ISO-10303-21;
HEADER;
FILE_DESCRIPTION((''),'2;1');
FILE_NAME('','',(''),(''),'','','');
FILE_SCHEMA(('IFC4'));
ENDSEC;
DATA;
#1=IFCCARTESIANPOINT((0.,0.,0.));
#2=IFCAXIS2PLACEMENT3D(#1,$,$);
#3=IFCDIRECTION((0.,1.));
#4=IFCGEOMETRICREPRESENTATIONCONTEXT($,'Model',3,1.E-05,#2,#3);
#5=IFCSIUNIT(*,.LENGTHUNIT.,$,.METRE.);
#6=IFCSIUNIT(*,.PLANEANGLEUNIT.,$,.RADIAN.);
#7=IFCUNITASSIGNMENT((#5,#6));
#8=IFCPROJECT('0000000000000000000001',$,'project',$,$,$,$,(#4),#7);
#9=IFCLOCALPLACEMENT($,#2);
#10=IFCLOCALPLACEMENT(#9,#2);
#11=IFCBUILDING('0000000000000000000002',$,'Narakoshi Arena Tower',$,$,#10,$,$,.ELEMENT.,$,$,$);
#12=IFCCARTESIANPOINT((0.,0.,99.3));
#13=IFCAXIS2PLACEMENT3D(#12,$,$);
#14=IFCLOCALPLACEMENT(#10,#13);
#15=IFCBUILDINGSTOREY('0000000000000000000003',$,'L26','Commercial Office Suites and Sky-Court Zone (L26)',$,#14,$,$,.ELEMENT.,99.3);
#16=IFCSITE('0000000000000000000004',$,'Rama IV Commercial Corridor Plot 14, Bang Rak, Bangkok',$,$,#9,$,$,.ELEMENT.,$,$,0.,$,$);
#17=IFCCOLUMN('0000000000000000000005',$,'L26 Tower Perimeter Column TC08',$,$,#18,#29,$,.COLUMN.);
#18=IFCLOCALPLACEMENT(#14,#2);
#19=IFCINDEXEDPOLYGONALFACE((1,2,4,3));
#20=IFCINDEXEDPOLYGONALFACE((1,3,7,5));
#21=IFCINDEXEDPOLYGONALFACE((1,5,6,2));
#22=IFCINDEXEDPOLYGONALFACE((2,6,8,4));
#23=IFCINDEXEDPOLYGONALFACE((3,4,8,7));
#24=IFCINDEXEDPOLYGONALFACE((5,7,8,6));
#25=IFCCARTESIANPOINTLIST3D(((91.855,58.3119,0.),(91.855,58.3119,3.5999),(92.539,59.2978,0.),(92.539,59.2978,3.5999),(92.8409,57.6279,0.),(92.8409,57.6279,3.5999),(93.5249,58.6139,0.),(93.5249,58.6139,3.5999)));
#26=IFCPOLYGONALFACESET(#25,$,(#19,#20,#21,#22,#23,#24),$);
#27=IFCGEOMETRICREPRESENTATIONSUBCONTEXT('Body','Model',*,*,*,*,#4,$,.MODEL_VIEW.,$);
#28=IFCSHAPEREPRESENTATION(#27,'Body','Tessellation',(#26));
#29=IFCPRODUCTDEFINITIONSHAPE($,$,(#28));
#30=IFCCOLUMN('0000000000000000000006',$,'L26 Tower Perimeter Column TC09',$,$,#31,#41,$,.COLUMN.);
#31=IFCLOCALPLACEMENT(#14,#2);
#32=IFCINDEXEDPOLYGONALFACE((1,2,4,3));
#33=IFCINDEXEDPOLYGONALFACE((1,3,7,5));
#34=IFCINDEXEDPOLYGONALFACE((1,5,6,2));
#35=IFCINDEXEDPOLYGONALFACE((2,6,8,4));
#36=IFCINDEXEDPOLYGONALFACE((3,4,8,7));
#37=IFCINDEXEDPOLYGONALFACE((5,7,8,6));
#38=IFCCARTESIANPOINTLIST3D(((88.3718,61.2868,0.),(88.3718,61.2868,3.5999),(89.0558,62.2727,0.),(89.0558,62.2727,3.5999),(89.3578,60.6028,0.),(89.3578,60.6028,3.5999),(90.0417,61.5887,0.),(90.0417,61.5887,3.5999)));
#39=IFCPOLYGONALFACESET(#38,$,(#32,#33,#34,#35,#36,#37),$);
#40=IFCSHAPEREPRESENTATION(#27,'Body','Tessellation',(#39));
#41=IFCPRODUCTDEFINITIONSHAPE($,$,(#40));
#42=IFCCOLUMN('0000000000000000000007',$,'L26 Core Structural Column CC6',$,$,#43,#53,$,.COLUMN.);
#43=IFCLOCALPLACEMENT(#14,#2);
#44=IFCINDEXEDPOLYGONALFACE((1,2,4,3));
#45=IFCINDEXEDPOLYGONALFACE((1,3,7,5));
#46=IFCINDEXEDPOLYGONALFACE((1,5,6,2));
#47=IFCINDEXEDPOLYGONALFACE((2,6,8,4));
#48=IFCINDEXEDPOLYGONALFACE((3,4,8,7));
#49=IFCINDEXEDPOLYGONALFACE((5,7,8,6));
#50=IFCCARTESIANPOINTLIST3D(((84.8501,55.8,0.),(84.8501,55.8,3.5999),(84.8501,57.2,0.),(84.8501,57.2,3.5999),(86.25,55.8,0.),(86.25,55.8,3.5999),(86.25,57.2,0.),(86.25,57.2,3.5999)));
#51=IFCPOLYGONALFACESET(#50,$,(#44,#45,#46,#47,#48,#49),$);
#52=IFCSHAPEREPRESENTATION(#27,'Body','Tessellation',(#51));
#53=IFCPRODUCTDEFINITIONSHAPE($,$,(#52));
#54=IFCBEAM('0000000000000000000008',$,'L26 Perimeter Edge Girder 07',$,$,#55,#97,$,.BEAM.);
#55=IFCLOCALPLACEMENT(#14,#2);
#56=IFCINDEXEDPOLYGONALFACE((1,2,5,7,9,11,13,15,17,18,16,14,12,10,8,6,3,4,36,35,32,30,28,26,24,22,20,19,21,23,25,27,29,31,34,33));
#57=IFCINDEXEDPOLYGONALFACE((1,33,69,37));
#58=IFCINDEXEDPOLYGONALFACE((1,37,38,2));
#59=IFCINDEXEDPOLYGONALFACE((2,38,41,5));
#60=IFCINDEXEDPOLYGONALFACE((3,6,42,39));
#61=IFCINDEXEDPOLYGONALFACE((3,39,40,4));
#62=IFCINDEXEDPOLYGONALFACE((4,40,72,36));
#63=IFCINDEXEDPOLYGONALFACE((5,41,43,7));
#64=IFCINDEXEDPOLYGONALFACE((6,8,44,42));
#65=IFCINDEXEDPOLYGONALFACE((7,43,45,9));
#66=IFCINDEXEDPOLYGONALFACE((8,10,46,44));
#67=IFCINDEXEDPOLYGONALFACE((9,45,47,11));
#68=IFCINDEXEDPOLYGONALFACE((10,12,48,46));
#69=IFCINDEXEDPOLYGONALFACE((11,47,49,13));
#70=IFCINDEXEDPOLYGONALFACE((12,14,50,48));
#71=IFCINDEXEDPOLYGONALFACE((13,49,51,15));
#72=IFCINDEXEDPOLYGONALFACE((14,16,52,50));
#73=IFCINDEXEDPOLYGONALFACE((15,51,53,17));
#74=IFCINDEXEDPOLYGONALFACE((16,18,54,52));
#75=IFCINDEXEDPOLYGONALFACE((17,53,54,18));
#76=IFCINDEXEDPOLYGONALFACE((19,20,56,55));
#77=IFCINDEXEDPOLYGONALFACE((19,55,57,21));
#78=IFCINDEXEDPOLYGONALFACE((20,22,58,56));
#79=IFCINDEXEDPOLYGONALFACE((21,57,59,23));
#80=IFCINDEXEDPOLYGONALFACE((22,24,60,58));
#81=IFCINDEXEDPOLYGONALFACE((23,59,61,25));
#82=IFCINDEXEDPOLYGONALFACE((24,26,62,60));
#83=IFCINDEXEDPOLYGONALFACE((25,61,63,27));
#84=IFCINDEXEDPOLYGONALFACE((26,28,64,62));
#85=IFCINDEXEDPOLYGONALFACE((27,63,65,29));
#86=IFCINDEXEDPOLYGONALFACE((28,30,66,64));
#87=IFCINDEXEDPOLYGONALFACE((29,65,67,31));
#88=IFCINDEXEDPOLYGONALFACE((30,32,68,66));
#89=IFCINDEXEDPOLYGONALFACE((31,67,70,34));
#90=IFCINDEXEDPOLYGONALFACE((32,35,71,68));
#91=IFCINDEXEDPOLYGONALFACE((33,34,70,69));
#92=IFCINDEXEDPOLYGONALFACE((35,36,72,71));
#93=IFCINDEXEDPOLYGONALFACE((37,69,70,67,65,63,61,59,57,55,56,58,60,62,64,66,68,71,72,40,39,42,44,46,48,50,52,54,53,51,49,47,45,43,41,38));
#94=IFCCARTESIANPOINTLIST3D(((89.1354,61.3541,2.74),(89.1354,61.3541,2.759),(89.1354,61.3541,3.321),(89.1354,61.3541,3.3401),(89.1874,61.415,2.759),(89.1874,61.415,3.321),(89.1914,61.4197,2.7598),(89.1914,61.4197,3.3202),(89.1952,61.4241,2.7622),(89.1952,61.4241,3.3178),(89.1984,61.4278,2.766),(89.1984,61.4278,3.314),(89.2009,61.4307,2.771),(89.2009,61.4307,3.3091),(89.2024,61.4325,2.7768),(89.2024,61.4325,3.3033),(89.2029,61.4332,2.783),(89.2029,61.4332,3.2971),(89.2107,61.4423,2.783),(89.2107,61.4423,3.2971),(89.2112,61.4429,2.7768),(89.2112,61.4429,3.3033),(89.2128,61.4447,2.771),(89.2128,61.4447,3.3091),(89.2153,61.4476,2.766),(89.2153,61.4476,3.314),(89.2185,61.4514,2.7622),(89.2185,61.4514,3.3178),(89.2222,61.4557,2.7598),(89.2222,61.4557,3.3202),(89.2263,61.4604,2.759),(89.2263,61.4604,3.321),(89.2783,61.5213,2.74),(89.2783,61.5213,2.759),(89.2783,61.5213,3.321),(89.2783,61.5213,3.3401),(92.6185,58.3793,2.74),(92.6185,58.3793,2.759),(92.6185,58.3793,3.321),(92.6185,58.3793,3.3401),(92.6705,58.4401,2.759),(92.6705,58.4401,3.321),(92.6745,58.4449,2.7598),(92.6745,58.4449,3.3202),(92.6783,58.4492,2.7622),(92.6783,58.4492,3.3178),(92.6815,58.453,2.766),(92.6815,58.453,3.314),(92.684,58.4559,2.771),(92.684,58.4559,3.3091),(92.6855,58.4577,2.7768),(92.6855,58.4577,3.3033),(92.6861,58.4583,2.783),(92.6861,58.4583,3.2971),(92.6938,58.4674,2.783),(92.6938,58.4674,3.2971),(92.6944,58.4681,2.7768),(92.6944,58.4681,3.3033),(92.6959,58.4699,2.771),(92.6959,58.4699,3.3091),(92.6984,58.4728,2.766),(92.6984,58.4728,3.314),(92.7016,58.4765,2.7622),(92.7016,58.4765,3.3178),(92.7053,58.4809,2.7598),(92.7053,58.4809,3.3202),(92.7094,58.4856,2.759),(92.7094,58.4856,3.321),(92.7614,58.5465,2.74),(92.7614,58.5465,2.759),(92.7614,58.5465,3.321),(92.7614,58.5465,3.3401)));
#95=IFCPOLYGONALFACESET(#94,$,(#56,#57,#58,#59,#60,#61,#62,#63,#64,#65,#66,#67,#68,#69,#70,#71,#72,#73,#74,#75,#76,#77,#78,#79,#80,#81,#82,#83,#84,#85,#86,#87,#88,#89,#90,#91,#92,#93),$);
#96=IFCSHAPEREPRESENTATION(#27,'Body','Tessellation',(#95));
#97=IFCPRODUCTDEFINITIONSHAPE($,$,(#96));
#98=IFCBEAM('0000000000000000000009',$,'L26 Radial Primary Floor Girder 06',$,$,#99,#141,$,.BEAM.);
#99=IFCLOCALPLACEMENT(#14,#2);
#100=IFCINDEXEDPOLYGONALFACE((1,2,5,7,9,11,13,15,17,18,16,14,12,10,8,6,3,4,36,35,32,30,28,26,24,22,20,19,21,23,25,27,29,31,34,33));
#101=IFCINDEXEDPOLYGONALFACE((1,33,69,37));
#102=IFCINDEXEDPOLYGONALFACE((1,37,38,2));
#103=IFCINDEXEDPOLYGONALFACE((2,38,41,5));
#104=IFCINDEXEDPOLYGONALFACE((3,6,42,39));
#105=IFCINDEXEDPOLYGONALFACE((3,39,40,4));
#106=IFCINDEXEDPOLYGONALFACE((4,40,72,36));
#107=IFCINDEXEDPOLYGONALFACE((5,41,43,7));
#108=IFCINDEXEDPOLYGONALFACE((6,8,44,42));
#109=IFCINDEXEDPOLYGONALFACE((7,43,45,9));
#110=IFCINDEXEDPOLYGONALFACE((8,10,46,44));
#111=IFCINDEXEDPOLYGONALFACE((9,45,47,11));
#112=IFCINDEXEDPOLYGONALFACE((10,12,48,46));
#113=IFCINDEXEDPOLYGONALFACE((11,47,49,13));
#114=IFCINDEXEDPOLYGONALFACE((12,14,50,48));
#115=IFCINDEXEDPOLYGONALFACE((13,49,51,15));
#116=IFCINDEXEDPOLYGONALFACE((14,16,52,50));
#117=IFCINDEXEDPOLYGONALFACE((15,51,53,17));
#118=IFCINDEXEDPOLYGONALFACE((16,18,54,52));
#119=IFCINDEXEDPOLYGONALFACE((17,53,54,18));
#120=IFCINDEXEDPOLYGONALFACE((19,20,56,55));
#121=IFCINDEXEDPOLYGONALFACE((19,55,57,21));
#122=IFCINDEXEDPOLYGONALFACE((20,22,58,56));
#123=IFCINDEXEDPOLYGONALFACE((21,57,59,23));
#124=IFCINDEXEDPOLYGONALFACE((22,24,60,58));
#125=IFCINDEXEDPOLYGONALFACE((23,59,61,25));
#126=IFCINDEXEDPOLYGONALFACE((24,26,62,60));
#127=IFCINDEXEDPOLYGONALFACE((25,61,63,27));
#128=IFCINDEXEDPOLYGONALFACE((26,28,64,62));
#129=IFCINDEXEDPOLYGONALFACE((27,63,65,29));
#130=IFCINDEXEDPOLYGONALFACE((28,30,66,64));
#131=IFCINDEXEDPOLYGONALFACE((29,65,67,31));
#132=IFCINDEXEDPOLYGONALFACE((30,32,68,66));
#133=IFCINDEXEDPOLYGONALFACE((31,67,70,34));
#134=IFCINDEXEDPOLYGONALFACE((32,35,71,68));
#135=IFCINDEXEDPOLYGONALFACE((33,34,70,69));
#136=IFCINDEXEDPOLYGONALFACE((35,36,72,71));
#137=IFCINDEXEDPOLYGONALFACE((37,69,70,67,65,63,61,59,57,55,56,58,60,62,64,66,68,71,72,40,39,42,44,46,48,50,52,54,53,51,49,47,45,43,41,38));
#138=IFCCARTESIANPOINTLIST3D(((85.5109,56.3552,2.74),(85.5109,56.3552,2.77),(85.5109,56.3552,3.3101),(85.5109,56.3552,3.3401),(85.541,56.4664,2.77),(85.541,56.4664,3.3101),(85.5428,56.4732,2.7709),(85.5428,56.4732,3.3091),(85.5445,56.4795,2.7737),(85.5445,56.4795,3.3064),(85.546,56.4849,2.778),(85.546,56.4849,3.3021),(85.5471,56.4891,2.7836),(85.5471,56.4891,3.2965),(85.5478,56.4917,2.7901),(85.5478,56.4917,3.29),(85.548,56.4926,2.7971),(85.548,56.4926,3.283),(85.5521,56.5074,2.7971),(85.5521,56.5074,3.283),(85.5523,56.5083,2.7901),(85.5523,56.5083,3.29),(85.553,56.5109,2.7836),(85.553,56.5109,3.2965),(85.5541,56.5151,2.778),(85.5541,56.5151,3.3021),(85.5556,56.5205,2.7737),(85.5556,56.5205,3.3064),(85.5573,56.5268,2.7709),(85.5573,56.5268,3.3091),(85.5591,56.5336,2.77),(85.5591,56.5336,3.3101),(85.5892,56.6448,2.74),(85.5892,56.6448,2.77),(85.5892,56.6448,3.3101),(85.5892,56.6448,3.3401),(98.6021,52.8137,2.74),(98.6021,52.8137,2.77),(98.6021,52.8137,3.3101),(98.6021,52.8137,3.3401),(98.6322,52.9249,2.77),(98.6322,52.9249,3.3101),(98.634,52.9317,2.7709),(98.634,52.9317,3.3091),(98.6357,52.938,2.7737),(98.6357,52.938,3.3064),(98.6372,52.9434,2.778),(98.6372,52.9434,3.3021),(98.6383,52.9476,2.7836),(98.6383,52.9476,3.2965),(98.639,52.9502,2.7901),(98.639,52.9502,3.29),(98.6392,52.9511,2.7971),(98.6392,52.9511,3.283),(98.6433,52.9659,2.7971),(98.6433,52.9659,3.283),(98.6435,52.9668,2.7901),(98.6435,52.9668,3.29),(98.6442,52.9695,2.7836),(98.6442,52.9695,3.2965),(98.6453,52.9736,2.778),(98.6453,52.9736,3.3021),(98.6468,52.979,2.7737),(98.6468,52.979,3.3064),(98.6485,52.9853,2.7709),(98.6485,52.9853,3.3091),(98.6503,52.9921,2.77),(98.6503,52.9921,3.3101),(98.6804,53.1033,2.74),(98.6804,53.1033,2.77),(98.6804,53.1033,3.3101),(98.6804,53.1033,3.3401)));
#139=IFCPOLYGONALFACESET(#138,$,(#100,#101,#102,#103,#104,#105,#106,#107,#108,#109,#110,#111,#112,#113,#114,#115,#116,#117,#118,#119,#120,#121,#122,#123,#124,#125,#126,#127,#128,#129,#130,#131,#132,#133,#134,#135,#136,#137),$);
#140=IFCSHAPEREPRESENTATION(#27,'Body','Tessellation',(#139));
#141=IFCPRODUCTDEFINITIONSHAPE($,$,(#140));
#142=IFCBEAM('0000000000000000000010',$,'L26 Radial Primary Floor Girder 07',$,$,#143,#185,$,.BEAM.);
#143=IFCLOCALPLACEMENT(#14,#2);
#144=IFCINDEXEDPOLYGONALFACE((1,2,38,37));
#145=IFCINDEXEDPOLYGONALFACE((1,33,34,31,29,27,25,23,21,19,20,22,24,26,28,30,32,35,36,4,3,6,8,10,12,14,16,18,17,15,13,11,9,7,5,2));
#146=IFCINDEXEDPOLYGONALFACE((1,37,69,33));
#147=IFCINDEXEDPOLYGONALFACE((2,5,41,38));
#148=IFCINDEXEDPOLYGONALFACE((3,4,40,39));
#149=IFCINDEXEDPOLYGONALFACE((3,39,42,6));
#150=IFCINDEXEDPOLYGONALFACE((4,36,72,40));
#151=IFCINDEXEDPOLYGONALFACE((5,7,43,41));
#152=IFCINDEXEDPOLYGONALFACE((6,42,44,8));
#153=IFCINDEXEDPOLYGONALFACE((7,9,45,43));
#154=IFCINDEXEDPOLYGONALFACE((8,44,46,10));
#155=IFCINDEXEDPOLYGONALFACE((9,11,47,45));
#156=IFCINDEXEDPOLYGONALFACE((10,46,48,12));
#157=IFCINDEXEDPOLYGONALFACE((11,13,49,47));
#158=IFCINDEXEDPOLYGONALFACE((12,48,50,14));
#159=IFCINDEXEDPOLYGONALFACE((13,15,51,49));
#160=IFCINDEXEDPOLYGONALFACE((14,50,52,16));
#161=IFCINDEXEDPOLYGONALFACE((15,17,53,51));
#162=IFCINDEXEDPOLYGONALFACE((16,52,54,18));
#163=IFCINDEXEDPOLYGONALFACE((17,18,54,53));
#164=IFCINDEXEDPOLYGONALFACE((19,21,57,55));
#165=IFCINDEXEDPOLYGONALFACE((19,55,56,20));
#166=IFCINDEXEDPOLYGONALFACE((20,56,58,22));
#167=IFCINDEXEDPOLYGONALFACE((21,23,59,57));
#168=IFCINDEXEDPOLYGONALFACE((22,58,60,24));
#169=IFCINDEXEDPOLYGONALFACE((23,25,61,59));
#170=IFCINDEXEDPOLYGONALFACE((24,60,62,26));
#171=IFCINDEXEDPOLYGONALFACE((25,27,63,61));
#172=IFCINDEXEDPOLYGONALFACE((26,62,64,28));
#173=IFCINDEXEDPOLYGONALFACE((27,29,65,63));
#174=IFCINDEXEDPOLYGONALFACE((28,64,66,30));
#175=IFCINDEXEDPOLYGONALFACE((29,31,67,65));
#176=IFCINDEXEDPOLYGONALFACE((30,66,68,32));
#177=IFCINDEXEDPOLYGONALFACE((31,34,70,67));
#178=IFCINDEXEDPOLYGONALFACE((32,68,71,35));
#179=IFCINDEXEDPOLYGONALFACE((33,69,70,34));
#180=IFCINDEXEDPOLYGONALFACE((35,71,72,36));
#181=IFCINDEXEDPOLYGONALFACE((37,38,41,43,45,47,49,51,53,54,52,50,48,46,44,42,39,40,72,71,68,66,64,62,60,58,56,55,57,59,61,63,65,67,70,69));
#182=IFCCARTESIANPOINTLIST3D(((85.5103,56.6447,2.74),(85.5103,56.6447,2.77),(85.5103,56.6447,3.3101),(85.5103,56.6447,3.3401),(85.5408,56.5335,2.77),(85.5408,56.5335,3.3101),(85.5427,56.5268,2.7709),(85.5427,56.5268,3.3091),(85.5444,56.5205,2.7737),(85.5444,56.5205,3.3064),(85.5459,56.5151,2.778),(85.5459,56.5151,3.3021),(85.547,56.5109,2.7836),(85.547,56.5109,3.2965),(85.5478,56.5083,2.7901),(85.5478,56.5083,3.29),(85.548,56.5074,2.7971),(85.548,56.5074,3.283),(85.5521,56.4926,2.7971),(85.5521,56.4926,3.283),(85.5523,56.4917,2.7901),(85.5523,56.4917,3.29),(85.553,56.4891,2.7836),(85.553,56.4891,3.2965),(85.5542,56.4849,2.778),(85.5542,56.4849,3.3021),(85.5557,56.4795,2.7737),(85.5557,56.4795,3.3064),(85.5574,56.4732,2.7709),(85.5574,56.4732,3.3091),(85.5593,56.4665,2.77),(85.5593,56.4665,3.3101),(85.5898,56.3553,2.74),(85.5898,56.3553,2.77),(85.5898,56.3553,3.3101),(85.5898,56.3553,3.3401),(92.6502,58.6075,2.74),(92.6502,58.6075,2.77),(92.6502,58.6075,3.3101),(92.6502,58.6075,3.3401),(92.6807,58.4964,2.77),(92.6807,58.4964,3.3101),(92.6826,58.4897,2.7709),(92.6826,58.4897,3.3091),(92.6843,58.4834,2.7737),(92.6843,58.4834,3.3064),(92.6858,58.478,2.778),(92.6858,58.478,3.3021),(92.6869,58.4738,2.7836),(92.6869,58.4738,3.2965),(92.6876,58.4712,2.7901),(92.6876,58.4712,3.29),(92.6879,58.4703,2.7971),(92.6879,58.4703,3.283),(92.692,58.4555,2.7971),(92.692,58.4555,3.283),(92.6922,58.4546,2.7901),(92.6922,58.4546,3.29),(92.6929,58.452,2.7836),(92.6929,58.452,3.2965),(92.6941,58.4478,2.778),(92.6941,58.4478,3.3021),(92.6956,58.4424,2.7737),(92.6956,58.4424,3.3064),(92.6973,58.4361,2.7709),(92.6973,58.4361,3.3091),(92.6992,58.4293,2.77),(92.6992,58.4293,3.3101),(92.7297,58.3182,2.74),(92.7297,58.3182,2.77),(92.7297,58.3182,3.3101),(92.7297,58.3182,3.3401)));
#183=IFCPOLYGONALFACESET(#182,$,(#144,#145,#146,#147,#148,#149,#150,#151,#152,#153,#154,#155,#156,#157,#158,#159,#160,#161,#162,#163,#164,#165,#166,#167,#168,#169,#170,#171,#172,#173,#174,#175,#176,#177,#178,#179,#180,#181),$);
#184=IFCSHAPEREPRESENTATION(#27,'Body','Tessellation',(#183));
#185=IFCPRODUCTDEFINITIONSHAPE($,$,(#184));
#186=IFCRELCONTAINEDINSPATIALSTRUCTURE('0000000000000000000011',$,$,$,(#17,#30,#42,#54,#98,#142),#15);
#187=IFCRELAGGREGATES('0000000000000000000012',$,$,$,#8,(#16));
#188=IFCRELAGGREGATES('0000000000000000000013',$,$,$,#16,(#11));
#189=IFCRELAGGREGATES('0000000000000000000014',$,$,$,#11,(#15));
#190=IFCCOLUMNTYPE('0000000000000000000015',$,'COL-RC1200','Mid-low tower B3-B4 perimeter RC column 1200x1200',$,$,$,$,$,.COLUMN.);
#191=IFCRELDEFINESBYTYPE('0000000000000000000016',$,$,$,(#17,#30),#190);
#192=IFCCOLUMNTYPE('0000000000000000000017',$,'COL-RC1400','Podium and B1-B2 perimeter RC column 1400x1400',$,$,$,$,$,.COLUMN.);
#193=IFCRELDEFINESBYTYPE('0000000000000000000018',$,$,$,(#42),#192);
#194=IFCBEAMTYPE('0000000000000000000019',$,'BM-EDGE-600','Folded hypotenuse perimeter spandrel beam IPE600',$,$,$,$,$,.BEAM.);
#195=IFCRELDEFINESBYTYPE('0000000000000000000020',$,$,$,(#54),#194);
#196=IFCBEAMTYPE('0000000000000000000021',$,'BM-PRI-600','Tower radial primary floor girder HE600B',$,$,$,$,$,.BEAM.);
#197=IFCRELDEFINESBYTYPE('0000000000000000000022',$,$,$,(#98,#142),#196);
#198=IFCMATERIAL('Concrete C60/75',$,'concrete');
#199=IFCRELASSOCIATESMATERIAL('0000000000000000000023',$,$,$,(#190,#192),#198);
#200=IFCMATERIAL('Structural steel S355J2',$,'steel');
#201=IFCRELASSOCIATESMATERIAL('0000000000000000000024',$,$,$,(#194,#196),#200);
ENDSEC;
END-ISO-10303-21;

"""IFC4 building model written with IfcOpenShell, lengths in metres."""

from ifc_helpers import new_model, si_unit, direction, frame, origin, origin_2d, place, context, subcontext, project, spatial, rectangle, i_section, extrude, material, material_profile, profile_set, type_object, element, save


model = new_model("IFC4")

# Units and contexts
model_context = context("Model", 3, precision=1e-05, world=origin(), true_north=direction((0.0, 1.0)))
body_context = subcontext(model_context, "Body", "Model", "MODEL_VIEW")
ifc_project = project(units=[si_unit("LENGTHUNIT", "METRE"), si_unit("PLANEANGLEUNIT", "RADIAN")], contexts=[model_context])

# Site, building, storey
site_placement = place(None, origin())
site = spatial("IfcSite", under=ifc_project, at=site_placement, Name="Rama IV Commercial Corridor Plot 14, Bang Rak, Bangkok", CompositionType="ELEMENT", RefElevation=0.0)
building_placement = place(site_placement, origin())
building = spatial("IfcBuilding", under=site, at=building_placement, Name="Narakoshi Arena Tower", CompositionType="ELEMENT")
storey_placement = place(building_placement, frame((0.0, 0.0, 99.3)))
storey = spatial("IfcBuildingStorey", under=building, at=storey_placement, Name="L26", Description="Commercial Office Suites and Sky-Court Zone (L26)", CompositionType="ELEMENT", Elevation=99.3)

# Columns
ifc_material_1 = material(Name="Concrete C60/75", Category="concrete")
ifc_material_profile_1 = material_profile(ifc_material_1, rectangle(XDim=1.2, YDim=1.2, at=origin_2d()), Name="RC1200x1200")
ifc_profile_set_1 = profile_set([ifc_material_profile_1], Name="Concrete C60/75")
column_type_1 = type_object("IfcColumnType", Name="COL-RC1200", Description="Mid-low tower B3-B4 perimeter RC column 1200x1200", PredefinedType="COLUMN", material=ifc_profile_set_1)
for number, where, z_axis, x_axis, name in (
    (1, (92.6899, 58.4629, 0.0), (0.0, 0.0, 1.0), (0.569997, 0.821647, 0.0), "L26 Tower Perimeter Column TC08"),
    (2, (89.2068, 61.4377, 0.0), (0.0, 0.0, 1.0), (0.569997, 0.821647, 0.0), "L26 Tower Perimeter Column TC09"),
):
    element("IfcColumn", number, at=place(storey_placement, frame(where, z_axis=z_axis, x_axis=x_axis)), inside=storey, type_object=column_type_1, Name=name, PredefinedType="COLUMN", context=body_context, shape_type="SweptSolid", body=[
        extrude(rectangle(XDim=1.2, YDim=1.2, at=origin_2d()), origin(), (0.0, 0.0, 1.0), 3.5999),
    ])
ifc_material_profile_2 = material_profile(ifc_material_1, rectangle(XDim=1.3999, YDim=1.3999, at=origin_2d()), Name="RC1400x1400")
ifc_profile_set_2 = profile_set([ifc_material_profile_2], Name="Concrete C60/75")
column_type_2 = type_object("IfcColumnType", Name="COL-RC1400", Description="Podium and B1-B2 perimeter RC column 1400x1400", PredefinedType="COLUMN", material=ifc_profile_set_2)
column_placement = place(storey_placement, frame((85.55, 56.5, 0.0), z_axis=(0.0, 0.0, 1.0), x_axis=(1.0, 0.0, 0.0)))
element("IfcColumn", 3, at=column_placement, inside=storey, type_object=column_type_2, Name="L26 Core Structural Column CC6", PredefinedType="COLUMN", context=body_context, shape_type="SweptSolid", body=[
    extrude(rectangle(XDim=1.3999, YDim=1.3999, at=origin_2d()), origin(), (0.0, 0.0, 1.0), 3.5999),
])

# Beams
ifc_material_2 = material(Name="Structural steel S355J2", Category="steel")
ifc_material_profile_3 = material_profile(ifc_material_2, i_section(OverallWidth=0.22, OverallDepth=0.6001, WebThickness=0.012, FlangeThickness=0.019, FilletRadius=0.0239, at=origin_2d()), Name="IPE600")
ifc_profile_set_3 = profile_set([ifc_material_profile_3], Name="Structural steel S355J2")
beam_type_1 = type_object("IfcBeamType", Name="BM-EDGE-600", Description="Folded hypotenuse perimeter spandrel beam IPE600", PredefinedType="BEAM", material=ifc_profile_set_3)
beam_1_placement = place(storey_placement, frame((92.6899, 58.4629, 3.04), z_axis=(-0.76041, 0.649443, 0.0), x_axis=(-0.649443, -0.76041, 0.0)))
element("IfcBeam", 4, at=beam_1_placement, inside=storey, type_object=beam_type_1, Name="L26 Perimeter Edge Girder 07", PredefinedType="BEAM", context=body_context, shape_type="SweptSolid", body=[
    extrude(i_section(OverallWidth=0.22, OverallDepth=0.6001, WebThickness=0.012, FlangeThickness=0.019, FilletRadius=0.0239, at=origin_2d()), origin(), (0.0, 0.0, 1.0), 4.5806),
])
ifc_material_profile_4 = material_profile(ifc_material_2, i_section(OverallWidth=0.3, OverallDepth=0.6001, WebThickness=0.0154, FlangeThickness=0.03, FilletRadius=0.0271, at=origin_2d()), Name="HE600B")
ifc_profile_set_4 = profile_set([ifc_material_profile_4], Name="Structural steel S355J2")
beam_type_2 = type_object("IfcBeamType", Name="BM-PRI-600", Description="Tower radial primary floor girder HE600B", PredefinedType="BEAM", material=ifc_profile_set_4)
beam_2_placement = place(storey_placement, frame((85.55, 56.5, 3.04), z_axis=(0.965302, -0.261137, 0.0), x_axis=(0.261137, 0.965302, 0.0)))
element("IfcBeam", 5, at=beam_2_placement, inside=storey, type_object=beam_type_2, Name="L26 Radial Primary Floor Girder 06", PredefinedType="BEAM", context=body_context, shape_type="SweptSolid", body=[
    extrude(i_section(OverallWidth=0.3, OverallDepth=0.6001, WebThickness=0.0154, FlangeThickness=0.03, FilletRadius=0.0271, at=origin_2d()), origin(), (0.0, 0.0, 1.0), 13.5618),
])
beam_3_placement = place(storey_placement, frame((85.55, 56.5, 3.04), z_axis=(0.964225, 0.265084, 0.0), x_axis=(-0.265084, 0.964225, 0.0)))
element("IfcBeam", 6, at=beam_3_placement, inside=storey, type_object=beam_type_2, Name="L26 Radial Primary Floor Girder 07", PredefinedType="BEAM", context=body_context, shape_type="SweptSolid", body=[
    extrude(i_section(OverallWidth=0.3, OverallDepth=0.6001, WebThickness=0.0154, FlangeThickness=0.03, FilletRadius=0.0271, at=origin_2d()), origin(), (0.0, 0.0, 1.0), 7.4048),
])

save(model, "model.ifc")
